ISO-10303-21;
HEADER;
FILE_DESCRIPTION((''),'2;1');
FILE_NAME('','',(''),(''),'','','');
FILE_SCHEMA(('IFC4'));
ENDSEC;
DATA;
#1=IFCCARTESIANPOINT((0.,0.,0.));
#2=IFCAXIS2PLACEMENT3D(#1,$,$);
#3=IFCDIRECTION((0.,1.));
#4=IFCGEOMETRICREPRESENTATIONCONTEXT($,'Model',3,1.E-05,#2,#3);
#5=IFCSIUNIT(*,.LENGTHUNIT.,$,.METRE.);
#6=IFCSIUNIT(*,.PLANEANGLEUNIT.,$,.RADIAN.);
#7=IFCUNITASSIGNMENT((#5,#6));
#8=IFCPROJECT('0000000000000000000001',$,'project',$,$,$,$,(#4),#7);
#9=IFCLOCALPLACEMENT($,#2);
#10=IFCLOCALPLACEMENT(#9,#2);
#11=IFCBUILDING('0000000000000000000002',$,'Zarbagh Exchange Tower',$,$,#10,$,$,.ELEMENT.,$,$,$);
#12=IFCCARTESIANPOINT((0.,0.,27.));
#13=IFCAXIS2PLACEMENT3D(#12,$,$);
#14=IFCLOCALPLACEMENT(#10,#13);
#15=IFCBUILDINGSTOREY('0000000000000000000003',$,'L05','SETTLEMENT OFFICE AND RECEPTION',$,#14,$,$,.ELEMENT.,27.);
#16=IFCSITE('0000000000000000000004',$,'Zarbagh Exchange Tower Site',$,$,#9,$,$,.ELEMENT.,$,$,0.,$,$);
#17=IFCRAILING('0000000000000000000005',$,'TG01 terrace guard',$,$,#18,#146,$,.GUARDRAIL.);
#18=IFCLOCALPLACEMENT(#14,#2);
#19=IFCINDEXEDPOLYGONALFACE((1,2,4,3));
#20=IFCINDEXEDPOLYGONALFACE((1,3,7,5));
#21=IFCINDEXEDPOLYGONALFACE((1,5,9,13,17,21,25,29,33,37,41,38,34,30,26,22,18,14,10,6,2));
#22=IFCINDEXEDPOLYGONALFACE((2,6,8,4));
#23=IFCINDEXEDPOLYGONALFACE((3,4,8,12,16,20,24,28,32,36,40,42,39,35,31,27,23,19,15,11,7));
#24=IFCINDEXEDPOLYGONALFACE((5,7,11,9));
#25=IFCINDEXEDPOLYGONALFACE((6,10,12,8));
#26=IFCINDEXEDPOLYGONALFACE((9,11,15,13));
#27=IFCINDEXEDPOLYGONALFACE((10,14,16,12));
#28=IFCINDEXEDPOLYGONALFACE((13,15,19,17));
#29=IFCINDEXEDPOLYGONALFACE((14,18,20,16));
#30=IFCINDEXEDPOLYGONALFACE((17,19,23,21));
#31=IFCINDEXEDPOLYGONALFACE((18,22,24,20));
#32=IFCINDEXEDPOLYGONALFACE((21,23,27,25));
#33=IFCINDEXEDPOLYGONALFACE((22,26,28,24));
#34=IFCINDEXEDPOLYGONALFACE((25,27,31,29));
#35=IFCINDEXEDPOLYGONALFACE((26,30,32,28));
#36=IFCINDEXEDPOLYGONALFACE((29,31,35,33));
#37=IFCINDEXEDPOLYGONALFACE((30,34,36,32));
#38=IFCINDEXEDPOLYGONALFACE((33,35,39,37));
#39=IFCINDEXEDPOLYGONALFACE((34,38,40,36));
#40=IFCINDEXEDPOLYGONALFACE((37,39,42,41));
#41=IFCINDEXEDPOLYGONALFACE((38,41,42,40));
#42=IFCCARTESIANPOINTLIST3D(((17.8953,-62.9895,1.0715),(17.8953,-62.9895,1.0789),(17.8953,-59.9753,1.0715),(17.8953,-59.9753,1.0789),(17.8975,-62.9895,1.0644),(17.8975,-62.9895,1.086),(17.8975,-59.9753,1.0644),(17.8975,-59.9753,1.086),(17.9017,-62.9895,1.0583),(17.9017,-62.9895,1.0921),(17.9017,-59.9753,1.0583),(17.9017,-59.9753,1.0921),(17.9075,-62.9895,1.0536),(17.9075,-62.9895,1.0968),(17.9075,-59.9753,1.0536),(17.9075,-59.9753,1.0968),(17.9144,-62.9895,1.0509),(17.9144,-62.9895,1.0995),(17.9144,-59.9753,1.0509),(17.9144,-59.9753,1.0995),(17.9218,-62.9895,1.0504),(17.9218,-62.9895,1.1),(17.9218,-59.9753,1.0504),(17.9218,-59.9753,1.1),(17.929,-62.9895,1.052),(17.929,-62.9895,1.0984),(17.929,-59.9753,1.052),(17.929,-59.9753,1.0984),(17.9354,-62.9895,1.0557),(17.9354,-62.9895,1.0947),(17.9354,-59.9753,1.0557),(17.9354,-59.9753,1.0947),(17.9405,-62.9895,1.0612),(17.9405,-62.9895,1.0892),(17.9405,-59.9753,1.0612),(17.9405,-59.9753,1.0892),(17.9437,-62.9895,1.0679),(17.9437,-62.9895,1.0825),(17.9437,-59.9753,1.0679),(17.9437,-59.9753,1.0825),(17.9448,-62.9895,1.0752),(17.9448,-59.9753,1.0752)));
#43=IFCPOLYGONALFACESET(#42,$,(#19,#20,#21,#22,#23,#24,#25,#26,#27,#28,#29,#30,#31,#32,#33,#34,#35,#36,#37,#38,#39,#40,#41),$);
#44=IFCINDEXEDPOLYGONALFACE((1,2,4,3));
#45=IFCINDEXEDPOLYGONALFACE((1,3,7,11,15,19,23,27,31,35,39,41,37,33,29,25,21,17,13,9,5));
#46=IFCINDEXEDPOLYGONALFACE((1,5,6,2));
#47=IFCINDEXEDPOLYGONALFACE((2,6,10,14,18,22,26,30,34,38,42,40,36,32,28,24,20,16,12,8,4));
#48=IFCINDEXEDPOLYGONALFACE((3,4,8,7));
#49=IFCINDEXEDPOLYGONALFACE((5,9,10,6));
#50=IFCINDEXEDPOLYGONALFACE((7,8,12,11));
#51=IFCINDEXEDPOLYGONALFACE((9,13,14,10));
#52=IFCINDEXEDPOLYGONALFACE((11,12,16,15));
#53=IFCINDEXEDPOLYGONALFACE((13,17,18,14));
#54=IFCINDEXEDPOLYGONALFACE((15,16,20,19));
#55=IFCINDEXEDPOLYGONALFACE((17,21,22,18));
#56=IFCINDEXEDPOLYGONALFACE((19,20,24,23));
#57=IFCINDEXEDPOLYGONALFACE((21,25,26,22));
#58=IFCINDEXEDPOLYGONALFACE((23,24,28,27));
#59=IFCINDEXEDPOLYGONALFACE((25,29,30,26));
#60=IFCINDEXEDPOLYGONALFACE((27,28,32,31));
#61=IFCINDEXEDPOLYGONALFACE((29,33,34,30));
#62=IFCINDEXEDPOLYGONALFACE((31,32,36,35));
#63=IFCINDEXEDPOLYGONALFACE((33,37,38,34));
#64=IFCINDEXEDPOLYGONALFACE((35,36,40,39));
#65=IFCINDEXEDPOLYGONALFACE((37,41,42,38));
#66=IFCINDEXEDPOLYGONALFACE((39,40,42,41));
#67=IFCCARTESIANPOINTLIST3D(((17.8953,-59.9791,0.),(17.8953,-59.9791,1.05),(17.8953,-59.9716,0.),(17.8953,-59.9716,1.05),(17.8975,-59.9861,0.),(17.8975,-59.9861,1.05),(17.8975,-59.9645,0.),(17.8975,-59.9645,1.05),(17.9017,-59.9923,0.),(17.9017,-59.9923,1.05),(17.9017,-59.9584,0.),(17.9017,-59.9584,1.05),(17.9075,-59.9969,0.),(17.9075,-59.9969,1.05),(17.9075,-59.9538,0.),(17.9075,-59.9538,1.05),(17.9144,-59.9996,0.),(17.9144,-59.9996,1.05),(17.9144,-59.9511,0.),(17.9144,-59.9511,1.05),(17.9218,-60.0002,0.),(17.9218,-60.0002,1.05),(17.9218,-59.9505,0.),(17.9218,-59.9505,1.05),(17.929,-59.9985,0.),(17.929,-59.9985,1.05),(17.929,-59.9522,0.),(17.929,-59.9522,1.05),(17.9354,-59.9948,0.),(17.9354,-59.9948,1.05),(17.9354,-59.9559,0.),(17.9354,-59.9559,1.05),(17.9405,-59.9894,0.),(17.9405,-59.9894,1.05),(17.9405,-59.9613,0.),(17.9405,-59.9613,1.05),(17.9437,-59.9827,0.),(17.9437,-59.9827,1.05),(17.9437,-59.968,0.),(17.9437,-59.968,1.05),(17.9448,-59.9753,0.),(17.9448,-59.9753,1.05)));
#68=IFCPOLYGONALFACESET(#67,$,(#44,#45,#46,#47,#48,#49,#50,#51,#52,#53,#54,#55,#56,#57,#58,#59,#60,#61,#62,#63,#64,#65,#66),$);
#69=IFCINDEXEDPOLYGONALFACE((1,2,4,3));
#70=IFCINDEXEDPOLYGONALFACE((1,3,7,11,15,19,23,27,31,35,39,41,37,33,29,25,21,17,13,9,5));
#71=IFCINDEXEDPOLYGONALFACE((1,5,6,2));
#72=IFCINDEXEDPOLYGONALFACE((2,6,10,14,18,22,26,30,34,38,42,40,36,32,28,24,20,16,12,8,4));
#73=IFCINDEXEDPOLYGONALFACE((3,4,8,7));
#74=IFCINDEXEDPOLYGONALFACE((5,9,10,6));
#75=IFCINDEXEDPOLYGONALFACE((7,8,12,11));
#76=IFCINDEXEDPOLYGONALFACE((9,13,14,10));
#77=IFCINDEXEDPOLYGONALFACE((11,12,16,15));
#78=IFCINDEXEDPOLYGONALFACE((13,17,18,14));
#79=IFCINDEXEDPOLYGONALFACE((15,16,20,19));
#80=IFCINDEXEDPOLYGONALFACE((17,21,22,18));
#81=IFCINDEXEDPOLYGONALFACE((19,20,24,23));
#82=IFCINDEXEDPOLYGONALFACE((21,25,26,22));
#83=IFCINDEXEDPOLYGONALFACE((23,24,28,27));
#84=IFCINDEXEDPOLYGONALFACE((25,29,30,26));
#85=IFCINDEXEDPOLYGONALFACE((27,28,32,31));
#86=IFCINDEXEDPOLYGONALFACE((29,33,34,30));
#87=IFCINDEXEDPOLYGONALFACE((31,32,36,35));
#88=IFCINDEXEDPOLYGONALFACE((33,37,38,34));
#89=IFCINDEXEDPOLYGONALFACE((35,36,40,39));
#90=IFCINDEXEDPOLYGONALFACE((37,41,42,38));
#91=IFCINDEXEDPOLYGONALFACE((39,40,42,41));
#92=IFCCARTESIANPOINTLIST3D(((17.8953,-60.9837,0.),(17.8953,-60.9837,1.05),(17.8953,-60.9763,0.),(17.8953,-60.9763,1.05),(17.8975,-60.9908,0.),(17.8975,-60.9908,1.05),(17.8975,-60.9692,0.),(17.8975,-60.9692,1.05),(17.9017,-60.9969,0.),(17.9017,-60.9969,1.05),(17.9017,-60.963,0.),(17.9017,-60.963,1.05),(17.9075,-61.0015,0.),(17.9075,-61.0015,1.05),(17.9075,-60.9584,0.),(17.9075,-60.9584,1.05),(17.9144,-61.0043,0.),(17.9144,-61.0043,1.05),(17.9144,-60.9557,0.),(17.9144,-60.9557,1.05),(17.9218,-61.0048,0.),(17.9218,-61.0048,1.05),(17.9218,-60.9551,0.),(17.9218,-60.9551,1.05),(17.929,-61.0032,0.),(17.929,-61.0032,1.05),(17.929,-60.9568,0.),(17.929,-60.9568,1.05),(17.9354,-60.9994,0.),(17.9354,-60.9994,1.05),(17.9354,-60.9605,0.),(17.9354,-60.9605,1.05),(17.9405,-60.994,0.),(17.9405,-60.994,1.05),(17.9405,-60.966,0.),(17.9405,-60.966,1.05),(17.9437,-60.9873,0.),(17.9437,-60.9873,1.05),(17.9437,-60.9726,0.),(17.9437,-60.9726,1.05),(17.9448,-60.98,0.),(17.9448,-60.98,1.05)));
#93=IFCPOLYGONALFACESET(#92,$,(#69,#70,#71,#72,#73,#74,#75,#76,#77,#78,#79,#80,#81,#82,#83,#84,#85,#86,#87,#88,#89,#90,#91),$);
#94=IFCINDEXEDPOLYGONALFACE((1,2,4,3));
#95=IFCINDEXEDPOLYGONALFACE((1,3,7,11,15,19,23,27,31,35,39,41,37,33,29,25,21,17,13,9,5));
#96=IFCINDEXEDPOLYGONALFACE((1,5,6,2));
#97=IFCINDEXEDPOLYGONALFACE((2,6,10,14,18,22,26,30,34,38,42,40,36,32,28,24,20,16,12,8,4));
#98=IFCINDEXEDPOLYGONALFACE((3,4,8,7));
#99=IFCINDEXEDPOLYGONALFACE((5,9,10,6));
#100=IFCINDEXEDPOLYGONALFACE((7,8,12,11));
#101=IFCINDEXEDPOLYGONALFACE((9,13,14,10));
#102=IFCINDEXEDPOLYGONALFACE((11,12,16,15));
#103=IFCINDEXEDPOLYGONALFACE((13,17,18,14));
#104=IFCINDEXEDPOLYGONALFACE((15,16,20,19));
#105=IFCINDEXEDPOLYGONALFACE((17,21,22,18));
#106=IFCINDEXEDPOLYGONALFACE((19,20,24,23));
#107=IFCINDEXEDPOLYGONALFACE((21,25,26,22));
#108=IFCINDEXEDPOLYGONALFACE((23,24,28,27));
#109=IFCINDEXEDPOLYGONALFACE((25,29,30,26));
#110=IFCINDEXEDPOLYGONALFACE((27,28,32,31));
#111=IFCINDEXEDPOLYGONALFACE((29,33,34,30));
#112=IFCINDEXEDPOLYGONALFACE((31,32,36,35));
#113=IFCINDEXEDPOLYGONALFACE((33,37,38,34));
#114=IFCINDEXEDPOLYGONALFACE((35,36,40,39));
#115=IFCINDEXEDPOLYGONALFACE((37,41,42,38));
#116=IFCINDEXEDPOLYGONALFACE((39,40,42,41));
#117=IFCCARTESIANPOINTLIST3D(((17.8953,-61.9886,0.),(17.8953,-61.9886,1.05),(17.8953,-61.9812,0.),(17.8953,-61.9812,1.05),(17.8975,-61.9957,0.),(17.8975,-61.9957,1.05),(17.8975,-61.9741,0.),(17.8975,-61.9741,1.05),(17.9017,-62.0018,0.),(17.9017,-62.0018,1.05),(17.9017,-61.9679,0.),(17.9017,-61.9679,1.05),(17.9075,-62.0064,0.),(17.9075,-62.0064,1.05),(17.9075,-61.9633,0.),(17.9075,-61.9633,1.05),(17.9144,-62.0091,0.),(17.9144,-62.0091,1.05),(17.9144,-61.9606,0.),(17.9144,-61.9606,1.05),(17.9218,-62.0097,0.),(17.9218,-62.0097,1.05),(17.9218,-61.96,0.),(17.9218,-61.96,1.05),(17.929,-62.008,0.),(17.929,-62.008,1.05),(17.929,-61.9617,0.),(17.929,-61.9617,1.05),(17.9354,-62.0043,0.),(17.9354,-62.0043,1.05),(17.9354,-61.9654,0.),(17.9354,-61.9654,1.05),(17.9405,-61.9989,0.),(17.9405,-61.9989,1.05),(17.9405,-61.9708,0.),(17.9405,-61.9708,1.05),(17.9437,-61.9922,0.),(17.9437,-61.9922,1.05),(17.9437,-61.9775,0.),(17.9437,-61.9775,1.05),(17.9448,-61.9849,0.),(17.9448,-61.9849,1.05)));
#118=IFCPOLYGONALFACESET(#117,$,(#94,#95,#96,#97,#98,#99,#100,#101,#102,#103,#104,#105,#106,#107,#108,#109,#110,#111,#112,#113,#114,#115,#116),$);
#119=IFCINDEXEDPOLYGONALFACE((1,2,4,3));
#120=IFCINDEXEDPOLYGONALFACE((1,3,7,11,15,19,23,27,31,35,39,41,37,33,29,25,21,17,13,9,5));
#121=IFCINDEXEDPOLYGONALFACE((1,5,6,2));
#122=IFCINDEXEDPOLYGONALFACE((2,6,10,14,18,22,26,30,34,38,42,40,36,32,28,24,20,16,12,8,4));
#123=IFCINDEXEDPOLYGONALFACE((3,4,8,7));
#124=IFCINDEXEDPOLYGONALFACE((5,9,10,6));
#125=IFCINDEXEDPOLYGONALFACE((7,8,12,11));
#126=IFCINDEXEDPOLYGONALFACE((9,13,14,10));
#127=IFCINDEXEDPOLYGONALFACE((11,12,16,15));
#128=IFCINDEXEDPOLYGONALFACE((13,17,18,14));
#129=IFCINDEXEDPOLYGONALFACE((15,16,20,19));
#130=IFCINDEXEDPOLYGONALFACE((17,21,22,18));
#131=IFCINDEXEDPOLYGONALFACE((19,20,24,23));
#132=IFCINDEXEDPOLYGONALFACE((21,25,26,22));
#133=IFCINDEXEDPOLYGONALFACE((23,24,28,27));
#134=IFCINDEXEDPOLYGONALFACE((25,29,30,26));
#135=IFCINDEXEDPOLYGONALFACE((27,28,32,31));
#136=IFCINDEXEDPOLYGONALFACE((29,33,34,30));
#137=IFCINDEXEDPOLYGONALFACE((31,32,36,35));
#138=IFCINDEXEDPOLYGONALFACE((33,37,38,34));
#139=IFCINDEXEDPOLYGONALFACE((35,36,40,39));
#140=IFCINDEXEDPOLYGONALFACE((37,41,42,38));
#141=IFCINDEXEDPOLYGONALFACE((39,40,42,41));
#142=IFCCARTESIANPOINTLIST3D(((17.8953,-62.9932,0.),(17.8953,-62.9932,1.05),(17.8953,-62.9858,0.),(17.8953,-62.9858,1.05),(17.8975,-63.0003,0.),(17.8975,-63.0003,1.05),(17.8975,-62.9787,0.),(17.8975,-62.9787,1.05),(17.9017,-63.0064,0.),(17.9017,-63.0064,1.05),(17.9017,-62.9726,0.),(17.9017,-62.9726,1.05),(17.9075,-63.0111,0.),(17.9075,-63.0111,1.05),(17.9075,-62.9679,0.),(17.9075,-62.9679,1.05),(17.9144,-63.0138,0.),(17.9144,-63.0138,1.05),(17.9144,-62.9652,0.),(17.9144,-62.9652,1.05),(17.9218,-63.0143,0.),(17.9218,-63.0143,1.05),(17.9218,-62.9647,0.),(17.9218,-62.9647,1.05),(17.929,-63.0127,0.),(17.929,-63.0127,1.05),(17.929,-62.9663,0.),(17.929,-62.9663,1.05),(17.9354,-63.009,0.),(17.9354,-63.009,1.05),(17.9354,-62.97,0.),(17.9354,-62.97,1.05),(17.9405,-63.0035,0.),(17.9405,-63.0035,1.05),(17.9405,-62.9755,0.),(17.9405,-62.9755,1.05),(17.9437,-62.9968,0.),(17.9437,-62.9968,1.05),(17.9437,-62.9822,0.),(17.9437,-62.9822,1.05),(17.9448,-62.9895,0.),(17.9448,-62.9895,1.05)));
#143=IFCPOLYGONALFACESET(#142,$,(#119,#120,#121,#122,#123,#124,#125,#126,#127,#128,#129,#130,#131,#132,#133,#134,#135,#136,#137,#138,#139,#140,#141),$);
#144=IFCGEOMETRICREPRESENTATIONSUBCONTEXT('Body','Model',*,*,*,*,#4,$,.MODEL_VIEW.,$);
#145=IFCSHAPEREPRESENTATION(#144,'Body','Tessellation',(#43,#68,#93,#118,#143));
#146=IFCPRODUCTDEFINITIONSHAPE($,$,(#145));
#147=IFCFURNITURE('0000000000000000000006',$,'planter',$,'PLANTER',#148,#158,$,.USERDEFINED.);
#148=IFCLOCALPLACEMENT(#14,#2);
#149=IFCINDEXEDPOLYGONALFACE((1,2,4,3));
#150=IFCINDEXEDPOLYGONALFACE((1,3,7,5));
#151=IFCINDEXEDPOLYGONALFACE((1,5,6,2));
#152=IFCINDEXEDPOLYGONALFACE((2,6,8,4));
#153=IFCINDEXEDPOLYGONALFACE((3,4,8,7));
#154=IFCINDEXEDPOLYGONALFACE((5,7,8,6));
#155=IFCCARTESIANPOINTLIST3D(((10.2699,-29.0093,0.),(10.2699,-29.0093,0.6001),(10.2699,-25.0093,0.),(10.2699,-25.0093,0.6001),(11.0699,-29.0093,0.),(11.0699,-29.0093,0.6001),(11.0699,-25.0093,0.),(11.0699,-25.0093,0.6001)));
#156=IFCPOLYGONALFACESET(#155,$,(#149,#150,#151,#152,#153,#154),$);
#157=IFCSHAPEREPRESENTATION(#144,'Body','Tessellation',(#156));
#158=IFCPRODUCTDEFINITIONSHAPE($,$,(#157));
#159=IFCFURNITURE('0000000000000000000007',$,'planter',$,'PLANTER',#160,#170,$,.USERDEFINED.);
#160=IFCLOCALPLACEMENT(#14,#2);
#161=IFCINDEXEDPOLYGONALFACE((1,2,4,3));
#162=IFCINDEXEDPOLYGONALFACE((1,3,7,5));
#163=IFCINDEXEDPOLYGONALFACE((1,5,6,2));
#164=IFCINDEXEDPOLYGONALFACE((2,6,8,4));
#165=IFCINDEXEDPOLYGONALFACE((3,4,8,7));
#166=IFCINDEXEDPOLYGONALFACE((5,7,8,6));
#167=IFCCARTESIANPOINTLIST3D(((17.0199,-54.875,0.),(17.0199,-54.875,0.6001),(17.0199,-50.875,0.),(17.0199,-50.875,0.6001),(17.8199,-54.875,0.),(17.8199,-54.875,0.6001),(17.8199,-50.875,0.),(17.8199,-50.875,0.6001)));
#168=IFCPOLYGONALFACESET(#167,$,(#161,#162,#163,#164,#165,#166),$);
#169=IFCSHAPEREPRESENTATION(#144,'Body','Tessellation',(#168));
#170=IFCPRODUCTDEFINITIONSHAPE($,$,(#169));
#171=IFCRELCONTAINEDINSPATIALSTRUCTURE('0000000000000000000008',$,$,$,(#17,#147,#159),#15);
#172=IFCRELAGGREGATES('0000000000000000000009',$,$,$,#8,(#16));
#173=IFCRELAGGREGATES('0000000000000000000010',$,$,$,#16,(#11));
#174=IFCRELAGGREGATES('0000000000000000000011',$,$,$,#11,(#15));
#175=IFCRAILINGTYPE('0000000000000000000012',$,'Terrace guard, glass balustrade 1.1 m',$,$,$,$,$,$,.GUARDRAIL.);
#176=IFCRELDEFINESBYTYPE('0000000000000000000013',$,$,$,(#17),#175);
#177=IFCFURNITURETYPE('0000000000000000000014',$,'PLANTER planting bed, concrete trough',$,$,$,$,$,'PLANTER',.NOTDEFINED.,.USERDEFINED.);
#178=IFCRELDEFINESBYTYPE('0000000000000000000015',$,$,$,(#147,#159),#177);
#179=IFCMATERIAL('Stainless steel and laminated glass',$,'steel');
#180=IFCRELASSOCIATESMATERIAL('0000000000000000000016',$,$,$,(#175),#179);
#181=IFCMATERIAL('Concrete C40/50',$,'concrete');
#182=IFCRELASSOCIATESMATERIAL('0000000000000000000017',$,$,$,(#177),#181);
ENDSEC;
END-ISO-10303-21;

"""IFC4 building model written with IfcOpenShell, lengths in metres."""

from ifc_helpers import new_model, si_unit, direction, frame, origin, origin_2d, place, context, subcontext, project, spatial, rectangle, circle, extrude, material, type_object, element, save


model = new_model("IFC4")

# Units and contexts
model_context = context("Model", 3, precision=1e-05, world=origin(), true_north=direction((0.0, 1.0)))
body_context = subcontext(model_context, "Body", "Model", "MODEL_VIEW")
ifc_project = project(units=[si_unit("LENGTHUNIT", "METRE"), si_unit("PLANEANGLEUNIT", "RADIAN")], contexts=[model_context])

# Site, building, storey
site_placement = place(None, origin())
site = spatial("IfcSite", under=ifc_project, at=site_placement, Name="Zarbagh Exchange Tower Site", CompositionType="ELEMENT", RefElevation=0.0)
building_placement = place(site_placement, origin())
building = spatial("IfcBuilding", under=site, at=building_placement, Name="Zarbagh Exchange Tower", CompositionType="ELEMENT")
storey_placement = place(building_placement, frame((0.0, 0.0, 27.0)))
storey = spatial("IfcBuildingStorey", under=building, at=storey_placement, Name="L05", Description="SETTLEMENT OFFICE AND RECEPTION", CompositionType="ELEMENT", Elevation=27.0)

# Shared definitions
ifc_material_1 = material(Name="Concrete C40/50", Category="concrete")

# Railing
ifc_material_2 = material(Name="Stainless steel and laminated glass", Category="steel")
railing_type_1 = type_object("IfcRailingType", Name="Terrace guard, glass balustrade 1.1 m", PredefinedType="GUARDRAIL", material=ifc_material_2)
railing_1_placement = place(storey_placement, frame((17.9199, -59.9753, 0.0)))
element("IfcRailing", 1, at=railing_1_placement, inside=storey, type_object=railing_type_1, Name="TG01 terrace guard", PredefinedType="GUARDRAIL", context=body_context, shape_type="SweptSolid", body=[
    extrude(circle(Radius=0.0249, at=origin_2d()), frame((0.0, 0.0, 1.0752), z_axis=(0.0, -1.0, 0.0), x_axis=(1.0, 0.0, 0.0)), (0.0, 0.0, 1.0), 3.0142),
    extrude(circle(Radius=0.0249, at=origin_2d()), origin(), (0.0, 0.0, 1.0), 1.05),
    extrude(circle(Radius=0.0249, at=origin_2d()), frame((0.0, -1.0046, 0.0)), (0.0, 0.0, 1.0), 1.05),
    extrude(circle(Radius=0.0249, at=origin_2d()), frame((0.0, -2.0095, 0.0)), (0.0, 0.0, 1.0), 1.05),
    extrude(circle(Radius=0.0249, at=origin_2d()), frame((0.0, -3.0142, 0.0)), (0.0, 0.0, 1.0), 1.05),
])

# Furniture
furniture_type = type_object("IfcFurnitureType", Name="PLANTER planting bed, concrete trough", ElementType="PLANTER", AssemblyPlace="NOTDEFINED", PredefinedType="USERDEFINED", material=ifc_material_1)
for number, where, z_axis, x_axis, name in (
    (2, (10.6699, -27.0093, 0.0), (0.0, 0.0, 1.0), (0.0, -1.0, 0.0), "planter"),
    (3, (17.4199, -52.875, 0.0), (0.0, 0.0, 1.0), (0.0, -1.0, 0.0), "planter"),
):
    element("IfcFurniture", number, at=place(storey_placement, frame(where, z_axis=z_axis, x_axis=x_axis)), inside=storey, type_object=furniture_type, Name=name, ObjectType="PLANTER", PredefinedType="USERDEFINED", context=body_context, shape_type="SweptSolid", body=[
        extrude(rectangle(XDim=4.0, YDim=0.8, at=origin_2d()), origin(), (0.0, 0.0, 1.0), 0.6001),
    ])

save(model, "model.ifc")
